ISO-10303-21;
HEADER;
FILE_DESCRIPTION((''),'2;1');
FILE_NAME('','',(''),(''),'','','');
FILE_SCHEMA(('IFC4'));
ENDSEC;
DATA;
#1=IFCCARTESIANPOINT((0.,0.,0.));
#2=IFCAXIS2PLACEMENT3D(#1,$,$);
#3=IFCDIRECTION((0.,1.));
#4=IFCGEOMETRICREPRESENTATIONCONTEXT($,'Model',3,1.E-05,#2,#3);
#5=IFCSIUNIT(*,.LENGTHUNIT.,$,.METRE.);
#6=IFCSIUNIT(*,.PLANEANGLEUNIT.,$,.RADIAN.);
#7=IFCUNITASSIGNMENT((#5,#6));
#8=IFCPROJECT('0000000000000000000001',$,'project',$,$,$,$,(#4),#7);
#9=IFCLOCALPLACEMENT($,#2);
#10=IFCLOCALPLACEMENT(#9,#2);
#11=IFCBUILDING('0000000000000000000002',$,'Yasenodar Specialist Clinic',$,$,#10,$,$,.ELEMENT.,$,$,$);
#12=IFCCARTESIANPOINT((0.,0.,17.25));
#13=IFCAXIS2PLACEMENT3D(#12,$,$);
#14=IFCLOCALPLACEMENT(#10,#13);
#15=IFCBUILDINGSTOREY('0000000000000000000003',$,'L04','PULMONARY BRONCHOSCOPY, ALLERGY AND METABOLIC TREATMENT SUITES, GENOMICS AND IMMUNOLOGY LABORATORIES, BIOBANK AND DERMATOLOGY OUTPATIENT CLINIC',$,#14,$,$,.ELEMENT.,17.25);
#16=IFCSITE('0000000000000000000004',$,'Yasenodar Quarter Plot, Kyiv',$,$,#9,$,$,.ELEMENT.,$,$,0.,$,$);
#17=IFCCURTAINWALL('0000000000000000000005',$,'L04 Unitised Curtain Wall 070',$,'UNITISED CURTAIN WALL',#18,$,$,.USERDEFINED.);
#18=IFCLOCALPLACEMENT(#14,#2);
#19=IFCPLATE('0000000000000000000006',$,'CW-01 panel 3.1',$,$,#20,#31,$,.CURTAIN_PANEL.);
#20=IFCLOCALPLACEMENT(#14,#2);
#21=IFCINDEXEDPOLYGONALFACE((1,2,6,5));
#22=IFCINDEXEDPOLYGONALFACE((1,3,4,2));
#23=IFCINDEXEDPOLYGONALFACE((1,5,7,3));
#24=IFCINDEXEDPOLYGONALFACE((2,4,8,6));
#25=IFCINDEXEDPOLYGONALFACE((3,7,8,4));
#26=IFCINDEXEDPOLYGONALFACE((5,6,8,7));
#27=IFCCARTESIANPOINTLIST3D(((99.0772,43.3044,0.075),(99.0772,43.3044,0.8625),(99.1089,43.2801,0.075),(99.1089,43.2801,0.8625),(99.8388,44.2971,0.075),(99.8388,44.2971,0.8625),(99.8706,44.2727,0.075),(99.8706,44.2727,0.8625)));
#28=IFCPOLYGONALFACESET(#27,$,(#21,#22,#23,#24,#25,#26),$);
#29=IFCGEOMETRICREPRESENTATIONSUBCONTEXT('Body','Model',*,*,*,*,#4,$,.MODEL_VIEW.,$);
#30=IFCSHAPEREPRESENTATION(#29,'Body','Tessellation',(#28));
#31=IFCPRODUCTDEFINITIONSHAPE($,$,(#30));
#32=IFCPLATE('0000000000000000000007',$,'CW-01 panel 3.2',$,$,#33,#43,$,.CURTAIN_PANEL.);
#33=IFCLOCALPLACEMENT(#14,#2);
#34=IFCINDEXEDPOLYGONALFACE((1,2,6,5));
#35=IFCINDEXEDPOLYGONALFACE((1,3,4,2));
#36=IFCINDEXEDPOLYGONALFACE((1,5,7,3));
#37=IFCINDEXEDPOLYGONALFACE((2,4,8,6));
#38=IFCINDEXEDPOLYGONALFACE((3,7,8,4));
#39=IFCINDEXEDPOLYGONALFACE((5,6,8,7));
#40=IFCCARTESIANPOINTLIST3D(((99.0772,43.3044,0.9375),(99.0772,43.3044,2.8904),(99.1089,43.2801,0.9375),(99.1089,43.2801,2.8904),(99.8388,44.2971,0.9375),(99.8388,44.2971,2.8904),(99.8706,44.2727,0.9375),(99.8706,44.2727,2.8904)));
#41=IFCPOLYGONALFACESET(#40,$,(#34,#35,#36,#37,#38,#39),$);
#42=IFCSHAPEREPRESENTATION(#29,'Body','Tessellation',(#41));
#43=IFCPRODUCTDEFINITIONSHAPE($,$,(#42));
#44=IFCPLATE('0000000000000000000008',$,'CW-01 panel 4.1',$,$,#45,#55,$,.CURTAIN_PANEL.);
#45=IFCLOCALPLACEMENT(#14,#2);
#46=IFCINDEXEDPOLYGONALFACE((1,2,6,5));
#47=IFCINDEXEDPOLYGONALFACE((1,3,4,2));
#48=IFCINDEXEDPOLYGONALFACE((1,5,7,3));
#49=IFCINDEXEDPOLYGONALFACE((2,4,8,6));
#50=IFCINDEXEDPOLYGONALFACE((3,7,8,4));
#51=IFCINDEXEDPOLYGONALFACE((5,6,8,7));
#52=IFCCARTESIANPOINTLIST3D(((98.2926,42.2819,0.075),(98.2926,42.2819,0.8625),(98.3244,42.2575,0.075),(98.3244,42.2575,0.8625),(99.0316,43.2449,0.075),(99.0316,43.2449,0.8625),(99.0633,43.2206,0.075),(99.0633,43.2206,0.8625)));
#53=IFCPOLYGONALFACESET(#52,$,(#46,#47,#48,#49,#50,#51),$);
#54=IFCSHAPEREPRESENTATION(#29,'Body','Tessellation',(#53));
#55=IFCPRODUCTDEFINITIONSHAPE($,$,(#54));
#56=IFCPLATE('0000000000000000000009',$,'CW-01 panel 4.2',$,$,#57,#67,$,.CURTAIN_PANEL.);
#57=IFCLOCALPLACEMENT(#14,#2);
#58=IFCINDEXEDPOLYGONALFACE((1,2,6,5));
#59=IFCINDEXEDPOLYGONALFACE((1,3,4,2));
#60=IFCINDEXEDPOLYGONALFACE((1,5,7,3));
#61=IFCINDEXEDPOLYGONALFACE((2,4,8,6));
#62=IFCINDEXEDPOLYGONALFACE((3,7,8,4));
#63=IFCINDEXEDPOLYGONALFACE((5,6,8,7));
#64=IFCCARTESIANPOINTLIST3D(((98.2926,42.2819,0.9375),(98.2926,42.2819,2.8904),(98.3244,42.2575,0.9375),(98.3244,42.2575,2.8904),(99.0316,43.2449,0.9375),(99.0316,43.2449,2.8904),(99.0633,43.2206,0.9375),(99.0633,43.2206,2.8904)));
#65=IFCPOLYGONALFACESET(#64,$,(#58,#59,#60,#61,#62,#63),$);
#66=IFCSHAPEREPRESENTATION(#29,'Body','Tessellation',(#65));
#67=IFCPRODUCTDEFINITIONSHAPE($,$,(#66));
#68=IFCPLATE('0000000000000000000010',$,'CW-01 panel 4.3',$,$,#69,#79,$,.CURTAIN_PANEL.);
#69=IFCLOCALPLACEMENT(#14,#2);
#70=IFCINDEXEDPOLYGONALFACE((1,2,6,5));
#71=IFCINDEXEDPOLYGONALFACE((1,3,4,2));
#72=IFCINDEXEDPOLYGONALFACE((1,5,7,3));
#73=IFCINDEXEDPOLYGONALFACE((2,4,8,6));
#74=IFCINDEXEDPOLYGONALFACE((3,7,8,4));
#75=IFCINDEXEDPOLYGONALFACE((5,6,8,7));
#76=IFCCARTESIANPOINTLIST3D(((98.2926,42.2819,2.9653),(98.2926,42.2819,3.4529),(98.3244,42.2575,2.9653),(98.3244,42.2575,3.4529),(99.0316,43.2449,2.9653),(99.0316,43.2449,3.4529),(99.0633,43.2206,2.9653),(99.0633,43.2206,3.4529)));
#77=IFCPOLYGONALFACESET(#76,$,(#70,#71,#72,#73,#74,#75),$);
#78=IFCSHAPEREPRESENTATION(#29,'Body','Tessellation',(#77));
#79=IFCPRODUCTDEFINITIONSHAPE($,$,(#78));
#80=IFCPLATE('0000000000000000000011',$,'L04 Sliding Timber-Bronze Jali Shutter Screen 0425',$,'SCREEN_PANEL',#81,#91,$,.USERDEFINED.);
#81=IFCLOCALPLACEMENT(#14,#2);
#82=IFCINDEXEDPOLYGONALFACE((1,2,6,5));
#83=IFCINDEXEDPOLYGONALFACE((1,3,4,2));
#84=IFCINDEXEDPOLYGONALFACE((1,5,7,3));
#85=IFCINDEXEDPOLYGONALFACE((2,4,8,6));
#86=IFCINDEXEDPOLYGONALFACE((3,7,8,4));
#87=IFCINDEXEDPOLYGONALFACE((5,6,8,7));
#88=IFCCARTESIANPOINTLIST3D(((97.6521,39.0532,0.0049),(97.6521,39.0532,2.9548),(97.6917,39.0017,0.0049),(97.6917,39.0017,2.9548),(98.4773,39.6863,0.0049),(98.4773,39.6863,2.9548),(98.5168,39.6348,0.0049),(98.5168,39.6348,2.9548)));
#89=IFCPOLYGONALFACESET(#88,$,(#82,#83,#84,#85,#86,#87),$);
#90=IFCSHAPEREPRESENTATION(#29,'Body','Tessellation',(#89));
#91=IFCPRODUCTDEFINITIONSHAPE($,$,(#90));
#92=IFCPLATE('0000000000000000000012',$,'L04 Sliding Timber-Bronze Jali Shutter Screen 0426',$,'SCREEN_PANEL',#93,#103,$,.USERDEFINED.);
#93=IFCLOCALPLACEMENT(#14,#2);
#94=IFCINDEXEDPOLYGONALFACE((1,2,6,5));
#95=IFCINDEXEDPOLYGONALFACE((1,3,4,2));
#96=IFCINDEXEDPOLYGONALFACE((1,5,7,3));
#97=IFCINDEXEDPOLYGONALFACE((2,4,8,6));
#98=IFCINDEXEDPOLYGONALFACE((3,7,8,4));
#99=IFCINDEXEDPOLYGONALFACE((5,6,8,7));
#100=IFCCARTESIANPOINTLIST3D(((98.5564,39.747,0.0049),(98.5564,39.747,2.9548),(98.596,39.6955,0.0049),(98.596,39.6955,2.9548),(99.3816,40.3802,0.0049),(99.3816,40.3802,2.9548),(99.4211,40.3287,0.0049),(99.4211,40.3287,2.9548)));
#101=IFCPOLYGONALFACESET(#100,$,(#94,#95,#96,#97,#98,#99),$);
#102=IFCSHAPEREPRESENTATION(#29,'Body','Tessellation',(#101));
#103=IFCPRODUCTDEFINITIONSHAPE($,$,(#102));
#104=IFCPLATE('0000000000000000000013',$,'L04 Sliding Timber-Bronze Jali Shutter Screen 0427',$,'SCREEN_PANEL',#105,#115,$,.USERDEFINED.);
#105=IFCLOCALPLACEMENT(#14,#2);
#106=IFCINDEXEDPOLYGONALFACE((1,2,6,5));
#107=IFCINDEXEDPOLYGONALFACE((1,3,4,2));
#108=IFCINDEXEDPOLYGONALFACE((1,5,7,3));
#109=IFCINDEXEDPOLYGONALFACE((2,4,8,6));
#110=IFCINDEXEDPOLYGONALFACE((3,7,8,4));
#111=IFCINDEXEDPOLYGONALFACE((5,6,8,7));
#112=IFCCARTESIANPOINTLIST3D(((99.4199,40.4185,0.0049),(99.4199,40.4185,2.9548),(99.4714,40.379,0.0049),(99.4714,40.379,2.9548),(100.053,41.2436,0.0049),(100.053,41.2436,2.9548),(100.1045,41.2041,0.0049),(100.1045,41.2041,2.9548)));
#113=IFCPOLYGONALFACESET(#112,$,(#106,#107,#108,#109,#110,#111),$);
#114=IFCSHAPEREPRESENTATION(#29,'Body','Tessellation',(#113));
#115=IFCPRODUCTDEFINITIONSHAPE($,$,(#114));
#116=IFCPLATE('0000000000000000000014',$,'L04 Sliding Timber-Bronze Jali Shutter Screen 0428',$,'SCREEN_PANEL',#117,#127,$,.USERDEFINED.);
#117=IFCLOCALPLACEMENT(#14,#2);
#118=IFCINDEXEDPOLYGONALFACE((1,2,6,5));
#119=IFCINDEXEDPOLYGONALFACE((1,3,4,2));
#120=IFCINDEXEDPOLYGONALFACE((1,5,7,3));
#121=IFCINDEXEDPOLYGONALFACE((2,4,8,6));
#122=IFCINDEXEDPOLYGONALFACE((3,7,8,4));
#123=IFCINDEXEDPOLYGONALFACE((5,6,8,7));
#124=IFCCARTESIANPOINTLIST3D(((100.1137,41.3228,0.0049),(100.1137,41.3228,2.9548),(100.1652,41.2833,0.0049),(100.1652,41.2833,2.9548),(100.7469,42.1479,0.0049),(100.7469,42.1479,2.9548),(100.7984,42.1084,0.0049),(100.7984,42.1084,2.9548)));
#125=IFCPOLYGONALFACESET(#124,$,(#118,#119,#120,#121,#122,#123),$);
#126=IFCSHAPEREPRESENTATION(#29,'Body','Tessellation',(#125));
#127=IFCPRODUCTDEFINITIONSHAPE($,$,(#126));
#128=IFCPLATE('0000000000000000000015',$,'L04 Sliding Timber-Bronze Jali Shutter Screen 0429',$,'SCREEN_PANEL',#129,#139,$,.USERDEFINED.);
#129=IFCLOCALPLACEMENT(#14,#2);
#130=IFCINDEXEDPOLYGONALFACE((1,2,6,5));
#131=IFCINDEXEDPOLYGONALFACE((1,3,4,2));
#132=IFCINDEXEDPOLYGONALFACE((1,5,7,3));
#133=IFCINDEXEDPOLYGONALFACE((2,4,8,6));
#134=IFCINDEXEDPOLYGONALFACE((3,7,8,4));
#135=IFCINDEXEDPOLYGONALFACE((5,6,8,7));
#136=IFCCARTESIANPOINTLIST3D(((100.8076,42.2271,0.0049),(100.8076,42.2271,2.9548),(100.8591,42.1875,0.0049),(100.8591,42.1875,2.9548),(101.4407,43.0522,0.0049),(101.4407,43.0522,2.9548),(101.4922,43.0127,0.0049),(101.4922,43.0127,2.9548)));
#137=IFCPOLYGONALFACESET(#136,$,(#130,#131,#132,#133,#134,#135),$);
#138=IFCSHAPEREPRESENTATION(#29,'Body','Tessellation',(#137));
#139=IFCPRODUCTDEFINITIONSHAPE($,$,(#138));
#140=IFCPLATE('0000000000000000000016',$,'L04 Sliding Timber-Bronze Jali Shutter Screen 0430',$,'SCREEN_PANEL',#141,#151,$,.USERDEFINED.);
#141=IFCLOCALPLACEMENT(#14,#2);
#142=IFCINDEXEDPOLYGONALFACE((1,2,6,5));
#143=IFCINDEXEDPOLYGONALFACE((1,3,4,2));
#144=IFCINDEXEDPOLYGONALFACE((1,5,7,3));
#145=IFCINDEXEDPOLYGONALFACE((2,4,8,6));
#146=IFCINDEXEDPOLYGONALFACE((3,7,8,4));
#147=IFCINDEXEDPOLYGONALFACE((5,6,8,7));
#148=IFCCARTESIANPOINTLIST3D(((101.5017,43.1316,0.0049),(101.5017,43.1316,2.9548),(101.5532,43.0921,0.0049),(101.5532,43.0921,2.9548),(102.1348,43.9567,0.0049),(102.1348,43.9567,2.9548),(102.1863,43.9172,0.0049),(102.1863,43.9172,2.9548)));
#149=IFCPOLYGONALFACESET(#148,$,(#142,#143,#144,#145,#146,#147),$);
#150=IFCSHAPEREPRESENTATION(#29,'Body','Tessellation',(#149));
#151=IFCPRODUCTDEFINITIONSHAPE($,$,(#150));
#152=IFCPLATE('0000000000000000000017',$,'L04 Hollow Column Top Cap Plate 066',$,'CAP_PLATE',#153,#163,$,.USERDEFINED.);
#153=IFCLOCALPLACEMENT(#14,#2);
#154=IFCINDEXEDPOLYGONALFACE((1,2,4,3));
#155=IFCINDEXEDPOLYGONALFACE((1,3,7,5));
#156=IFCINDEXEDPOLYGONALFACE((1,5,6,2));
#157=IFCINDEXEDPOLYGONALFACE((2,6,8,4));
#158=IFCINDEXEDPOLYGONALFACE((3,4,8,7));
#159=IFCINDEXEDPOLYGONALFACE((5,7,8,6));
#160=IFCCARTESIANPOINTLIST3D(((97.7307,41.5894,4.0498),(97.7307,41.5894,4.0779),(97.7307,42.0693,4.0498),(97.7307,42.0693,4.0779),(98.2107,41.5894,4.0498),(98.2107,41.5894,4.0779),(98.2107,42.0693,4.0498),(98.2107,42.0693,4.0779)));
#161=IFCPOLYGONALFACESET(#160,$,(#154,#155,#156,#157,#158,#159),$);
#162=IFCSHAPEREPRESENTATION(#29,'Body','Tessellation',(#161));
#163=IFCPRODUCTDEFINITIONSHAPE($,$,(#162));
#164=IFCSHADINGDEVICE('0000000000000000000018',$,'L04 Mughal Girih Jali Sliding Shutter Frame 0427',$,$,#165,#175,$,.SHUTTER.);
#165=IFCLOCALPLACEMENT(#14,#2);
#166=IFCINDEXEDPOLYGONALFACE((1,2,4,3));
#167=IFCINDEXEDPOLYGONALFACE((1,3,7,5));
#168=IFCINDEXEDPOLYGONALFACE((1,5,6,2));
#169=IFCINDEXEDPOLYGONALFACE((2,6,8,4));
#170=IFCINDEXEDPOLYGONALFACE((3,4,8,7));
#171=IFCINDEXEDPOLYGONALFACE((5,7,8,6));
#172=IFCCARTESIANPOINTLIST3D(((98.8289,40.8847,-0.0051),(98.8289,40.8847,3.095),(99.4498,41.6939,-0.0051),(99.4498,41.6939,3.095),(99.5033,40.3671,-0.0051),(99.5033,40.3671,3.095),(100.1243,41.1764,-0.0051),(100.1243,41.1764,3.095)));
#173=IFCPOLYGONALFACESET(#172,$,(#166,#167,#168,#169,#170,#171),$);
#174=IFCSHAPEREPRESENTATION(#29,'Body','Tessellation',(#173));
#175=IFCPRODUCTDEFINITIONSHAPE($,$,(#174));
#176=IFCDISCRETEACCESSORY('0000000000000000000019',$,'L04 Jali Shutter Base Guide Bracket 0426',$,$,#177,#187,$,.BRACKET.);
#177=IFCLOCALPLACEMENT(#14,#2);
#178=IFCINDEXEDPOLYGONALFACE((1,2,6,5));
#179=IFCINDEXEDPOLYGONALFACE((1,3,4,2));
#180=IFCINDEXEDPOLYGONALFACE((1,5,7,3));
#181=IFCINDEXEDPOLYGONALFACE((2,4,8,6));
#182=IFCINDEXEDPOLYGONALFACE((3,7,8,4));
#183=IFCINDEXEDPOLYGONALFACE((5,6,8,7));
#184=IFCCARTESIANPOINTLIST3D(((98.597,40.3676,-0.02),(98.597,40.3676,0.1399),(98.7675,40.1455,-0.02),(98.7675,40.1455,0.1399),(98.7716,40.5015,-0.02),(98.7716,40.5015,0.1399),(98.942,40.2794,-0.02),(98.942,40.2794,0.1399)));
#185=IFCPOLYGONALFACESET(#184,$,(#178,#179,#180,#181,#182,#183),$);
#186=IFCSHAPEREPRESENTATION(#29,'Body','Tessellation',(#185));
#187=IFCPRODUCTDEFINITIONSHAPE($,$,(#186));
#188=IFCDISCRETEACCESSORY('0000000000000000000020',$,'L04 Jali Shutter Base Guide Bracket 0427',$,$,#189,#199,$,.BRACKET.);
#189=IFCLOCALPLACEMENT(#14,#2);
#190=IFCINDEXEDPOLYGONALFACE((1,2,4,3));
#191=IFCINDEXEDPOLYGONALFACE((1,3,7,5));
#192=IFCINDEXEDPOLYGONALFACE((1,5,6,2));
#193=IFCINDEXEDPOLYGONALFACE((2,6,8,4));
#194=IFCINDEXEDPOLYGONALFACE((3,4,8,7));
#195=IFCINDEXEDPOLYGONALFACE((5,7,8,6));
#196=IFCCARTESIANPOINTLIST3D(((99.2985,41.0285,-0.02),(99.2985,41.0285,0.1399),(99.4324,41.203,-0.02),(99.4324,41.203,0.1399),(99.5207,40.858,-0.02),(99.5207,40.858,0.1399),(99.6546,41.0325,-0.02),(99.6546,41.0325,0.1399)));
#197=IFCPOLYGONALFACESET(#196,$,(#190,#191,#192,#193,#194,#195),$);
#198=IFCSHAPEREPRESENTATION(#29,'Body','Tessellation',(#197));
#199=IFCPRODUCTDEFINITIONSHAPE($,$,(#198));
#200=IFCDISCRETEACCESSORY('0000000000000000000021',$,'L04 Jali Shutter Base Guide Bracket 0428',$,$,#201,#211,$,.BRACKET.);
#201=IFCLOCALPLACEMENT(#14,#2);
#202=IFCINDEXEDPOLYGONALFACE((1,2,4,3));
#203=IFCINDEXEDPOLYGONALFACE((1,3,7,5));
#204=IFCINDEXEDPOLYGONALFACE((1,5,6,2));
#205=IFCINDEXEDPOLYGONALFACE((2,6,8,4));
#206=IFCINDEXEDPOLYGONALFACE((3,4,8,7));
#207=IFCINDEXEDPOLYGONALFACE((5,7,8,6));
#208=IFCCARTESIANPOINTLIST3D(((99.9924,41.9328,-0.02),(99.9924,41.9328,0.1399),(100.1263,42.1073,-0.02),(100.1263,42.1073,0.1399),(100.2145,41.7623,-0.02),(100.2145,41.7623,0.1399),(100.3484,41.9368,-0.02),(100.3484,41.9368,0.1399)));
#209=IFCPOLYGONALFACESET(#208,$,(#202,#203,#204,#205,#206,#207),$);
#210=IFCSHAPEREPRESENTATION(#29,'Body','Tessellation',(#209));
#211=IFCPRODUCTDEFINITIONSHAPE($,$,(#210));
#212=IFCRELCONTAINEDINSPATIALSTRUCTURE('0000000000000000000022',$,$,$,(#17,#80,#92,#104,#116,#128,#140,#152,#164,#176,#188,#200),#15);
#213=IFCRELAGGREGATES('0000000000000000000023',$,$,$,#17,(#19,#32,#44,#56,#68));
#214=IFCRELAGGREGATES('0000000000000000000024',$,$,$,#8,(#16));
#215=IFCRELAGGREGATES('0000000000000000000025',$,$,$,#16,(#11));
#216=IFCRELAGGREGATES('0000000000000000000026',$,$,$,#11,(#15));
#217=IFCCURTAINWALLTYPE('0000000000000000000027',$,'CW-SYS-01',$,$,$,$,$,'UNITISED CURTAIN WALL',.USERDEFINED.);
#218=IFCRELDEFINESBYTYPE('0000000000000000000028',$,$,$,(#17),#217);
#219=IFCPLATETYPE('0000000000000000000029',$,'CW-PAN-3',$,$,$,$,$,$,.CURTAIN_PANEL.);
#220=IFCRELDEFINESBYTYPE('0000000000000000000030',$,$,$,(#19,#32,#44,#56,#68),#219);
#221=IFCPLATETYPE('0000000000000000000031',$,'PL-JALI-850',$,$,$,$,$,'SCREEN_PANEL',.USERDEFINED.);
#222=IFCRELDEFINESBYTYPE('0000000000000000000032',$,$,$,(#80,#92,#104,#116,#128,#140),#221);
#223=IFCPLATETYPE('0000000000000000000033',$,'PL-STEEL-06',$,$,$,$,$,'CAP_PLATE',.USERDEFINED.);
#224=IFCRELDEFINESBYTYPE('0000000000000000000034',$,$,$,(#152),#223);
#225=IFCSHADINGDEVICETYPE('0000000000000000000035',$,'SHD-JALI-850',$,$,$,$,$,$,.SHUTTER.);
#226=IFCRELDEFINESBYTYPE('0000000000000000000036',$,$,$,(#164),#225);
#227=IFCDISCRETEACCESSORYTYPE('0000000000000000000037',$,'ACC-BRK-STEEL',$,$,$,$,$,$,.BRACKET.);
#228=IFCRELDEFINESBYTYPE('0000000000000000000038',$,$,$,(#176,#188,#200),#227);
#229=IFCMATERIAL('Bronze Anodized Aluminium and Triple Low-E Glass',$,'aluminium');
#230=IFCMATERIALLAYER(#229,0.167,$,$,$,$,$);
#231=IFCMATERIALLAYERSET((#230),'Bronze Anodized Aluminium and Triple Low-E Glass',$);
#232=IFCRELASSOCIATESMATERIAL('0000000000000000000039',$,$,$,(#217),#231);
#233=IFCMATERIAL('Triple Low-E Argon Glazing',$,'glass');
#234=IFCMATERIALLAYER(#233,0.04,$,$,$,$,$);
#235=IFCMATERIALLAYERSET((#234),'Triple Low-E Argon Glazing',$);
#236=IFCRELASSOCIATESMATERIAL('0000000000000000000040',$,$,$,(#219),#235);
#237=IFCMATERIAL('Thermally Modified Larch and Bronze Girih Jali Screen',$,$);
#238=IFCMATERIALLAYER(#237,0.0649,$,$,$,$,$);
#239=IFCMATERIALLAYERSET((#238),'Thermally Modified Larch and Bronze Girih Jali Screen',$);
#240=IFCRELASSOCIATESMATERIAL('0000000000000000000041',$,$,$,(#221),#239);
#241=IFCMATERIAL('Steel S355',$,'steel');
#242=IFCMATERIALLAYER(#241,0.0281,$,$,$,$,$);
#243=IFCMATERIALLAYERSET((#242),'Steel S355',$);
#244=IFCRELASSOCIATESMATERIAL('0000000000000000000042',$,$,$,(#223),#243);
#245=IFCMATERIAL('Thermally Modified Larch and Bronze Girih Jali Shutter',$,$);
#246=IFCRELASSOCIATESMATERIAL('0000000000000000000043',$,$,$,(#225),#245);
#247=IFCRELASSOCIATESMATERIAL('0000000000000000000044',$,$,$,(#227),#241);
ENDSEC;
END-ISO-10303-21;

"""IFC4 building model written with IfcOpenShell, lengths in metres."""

from ifc_helpers import new_model, si_unit, direction, frame, origin, origin_2d, place, context, subcontext, project, spatial, rectangle, extrude, material, layer, layer_set, type_object, element, aggregate, save


model = new_model("IFC4")

# Units and contexts
model_context = context("Model", 3, precision=1e-05, world=origin(), true_north=direction((0.0, 1.0)))
body_context = subcontext(model_context, "Body", "Model", "MODEL_VIEW")
ifc_project = project(units=[si_unit("LENGTHUNIT", "METRE"), si_unit("PLANEANGLEUNIT", "RADIAN")], contexts=[model_context])

# Site, building, storey
site_placement = place(None, origin())
site = spatial("IfcSite", under=ifc_project, at=site_placement, Name="Yasenodar Quarter Plot, Kyiv", CompositionType="ELEMENT", RefElevation=0.0)
building_placement = place(site_placement, origin())
building = spatial("IfcBuilding", under=site, at=building_placement, Name="Yasenodar Specialist Clinic", CompositionType="ELEMENT")
storey_placement = place(building_placement, frame((0.0, 0.0, 17.25)))
storey = spatial("IfcBuildingStorey", under=building, at=storey_placement, Name="L04", Description="PULMONARY BRONCHOSCOPY, ALLERGY AND METABOLIC TREATMENT SUITES, GENOMICS AND IMMUNOLOGY LABORATORIES, BIOBANK AND DERMATOLOGY OUTPATIENT CLINIC", CompositionType="ELEMENT", Elevation=17.25)

# Shared definitions
ifc_material_1 = material(Name="Steel S355", Category="steel")

# Curtain wall, plates
ifc_material_2 = material(Name="Bronze Anodized Aluminium and Triple Low-E Glass", Category="aluminium")
ifc_layer_1 = layer(ifc_material_2, 0.167)
ifc_layer_set_1 = layer_set([ifc_layer_1], Name="Bronze Anodized Aluminium and Triple Low-E Glass")
curtain_wall_type = type_object("IfcCurtainWallType", Name="CW-SYS-01", ElementType="UNITISED CURTAIN WALL", PredefinedType="USERDEFINED", material=ifc_layer_set_1)
curtain_wall_placement = place(storey_placement, origin())
curtain_wall = element("IfcCurtainWall", 1, at=curtain_wall_placement, inside=storey, type_object=curtain_wall_type, Name="L04 Unitised Curtain Wall 070", ObjectType="UNITISED CURTAIN WALL", PredefinedType="USERDEFINED")
ifc_material_3 = material(Name="Triple Low-E Argon Glazing", Category="glass")
ifc_layer_2 = layer(ifc_material_3, 0.04)
ifc_layer_set_2 = layer_set([ifc_layer_2], Name="Triple Low-E Argon Glazing")
plate_type_1 = type_object("IfcPlateType", Name="CW-PAN-3", PredefinedType="CURTAIN_PANEL", material=ifc_layer_set_2)
plate_1_placement = place(storey_placement, frame((99.4739, 43.7886, 0.075), z_axis=(0.0, 0.0, 1.0), x_axis=(-0.608752, -0.793361, 0.0)))
plate_1 = element("IfcPlate", 2, at=plate_1_placement, type_object=plate_type_1, Name="CW-01 panel 3.1", PredefinedType="CURTAIN_PANEL", context=body_context, shape_type="SweptSolid", body=[
    extrude(rectangle(XDim=1.2512, YDim=0.04, at=origin_2d()), origin(), (0.0, 0.0, 1.0), 0.7876),
])
plate_2_placement = place(storey_placement, frame((99.4739, 43.7886, 0.9375), z_axis=(0.0, 0.0, 1.0), x_axis=(-0.608752, -0.793361, 0.0)))
plate_2 = element("IfcPlate", 3, at=plate_2_placement, type_object=plate_type_1, Name="CW-01 panel 3.2", PredefinedType="CURTAIN_PANEL", context=body_context, shape_type="SweptSolid", body=[
    extrude(rectangle(XDim=1.2512, YDim=0.04, at=origin_2d()), origin(), (0.0, 0.0, 1.0), 1.9529),
])
plate_3_placement = place(storey_placement, frame((98.678, 42.7512, 0.075), z_axis=(0.0, 0.0, 1.0), x_axis=(-0.608752, -0.793361, 0.0)))
plate_3 = element("IfcPlate", 4, at=plate_3_placement, type_object=plate_type_1, Name="CW-01 panel 4.1", PredefinedType="CURTAIN_PANEL", context=body_context, shape_type="SweptSolid", body=[
    extrude(rectangle(XDim=1.2139, YDim=0.04, at=origin_2d()), origin(), (0.0, 0.0, 1.0), 0.7876),
])
plate_4_placement = place(storey_placement, frame((98.678, 42.7512, 0.9375), z_axis=(0.0, 0.0, 1.0), x_axis=(-0.608752, -0.793361, 0.0)))
plate_4 = element("IfcPlate", 5, at=plate_4_placement, type_object=plate_type_1, Name="CW-01 panel 4.2", PredefinedType="CURTAIN_PANEL", context=body_context, shape_type="SweptSolid", body=[
    extrude(rectangle(XDim=1.2139, YDim=0.04, at=origin_2d()), origin(), (0.0, 0.0, 1.0), 1.9529),
])
plate_5_placement = place(storey_placement, frame((98.678, 42.7512, 2.9653), z_axis=(0.0, 0.0, 1.0), x_axis=(-0.608752, -0.793361, 0.0)))
plate_5 = element("IfcPlate", 6, at=plate_5_placement, type_object=plate_type_1, Name="CW-01 panel 4.3", PredefinedType="CURTAIN_PANEL", context=body_context, shape_type="SweptSolid", body=[
    extrude(rectangle(XDim=1.2139, YDim=0.04, at=origin_2d()), origin(), (0.0, 0.0, 1.0), 0.4875),
])
aggregate(curtain_wall, [plate_1, plate_2, plate_3, plate_4, plate_5])

# Plates
ifc_material_4 = material(Name="Thermally Modified Larch and Bronze Girih Jali Screen")
ifc_layer_3 = layer(ifc_material_4, 0.0649)
ifc_layer_set_3 = layer_set([ifc_layer_3], Name="Thermally Modified Larch and Bronze Girih Jali Screen")
plate_type_2 = type_object("IfcPlateType", Name="PL-JALI-850", ElementType="SCREEN_PANEL", PredefinedType="USERDEFINED", material=ifc_layer_set_3)
for number, where, z_axis, x_axis, name in (
    (7, (98.0845, 39.344, 0.0049), (0.0, 0.0, 1.0), (0.793351, 0.608764, 0.0), "L04 Sliding Timber-Bronze Jali Shutter Screen 0425"),
    (8, (98.9888, 40.0378, 0.0049), (0.0, 0.0, 1.0), (0.793351, 0.608764, 0.0), "L04 Sliding Timber-Bronze Jali Shutter Screen 0426"),
    (9, (99.7622, 40.8113, 0.0049), (0.0, 0.0, 1.0), (0.608764, 0.793351, 0.0), "L04 Sliding Timber-Bronze Jali Shutter Screen 0427"),
    (10, (100.4561, 41.7156, 0.0049), (0.0, 0.0, 1.0), (0.608764, 0.793351, 0.0), "L04 Sliding Timber-Bronze Jali Shutter Screen 0428"),
    (11, (101.1499, 42.6199, 0.0049), (0.0, 0.0, 1.0), (0.608764, 0.793351, 0.0), "L04 Sliding Timber-Bronze Jali Shutter Screen 0429"),
    (12, (101.844, 43.5244, 0.0049), (0.0, 0.0, 1.0), (0.608764, 0.793351, 0.0), "L04 Sliding Timber-Bronze Jali Shutter Screen 0430"),
):
    element("IfcPlate", number, at=place(storey_placement, frame(where, z_axis=z_axis, x_axis=x_axis)), inside=storey, type_object=plate_type_2, Name=name, ObjectType="SCREEN_PANEL", PredefinedType="USERDEFINED", context=body_context, shape_type="SweptSolid", body=[
        extrude(rectangle(XDim=1.04, YDim=0.0649, at=origin_2d()), origin(), (0.0, 0.0, 1.0), 2.95),
    ])
ifc_layer_4 = layer(ifc_material_1, 0.0281)
ifc_layer_set_4 = layer_set([ifc_layer_4], Name="Steel S355")
plate_type_3 = type_object("IfcPlateType", Name="PL-STEEL-06", ElementType="CAP_PLATE", PredefinedType="USERDEFINED", material=ifc_layer_set_4)
plate_6_placement = place(storey_placement, frame((97.9707, 41.8293, 4.0498), z_axis=(0.0, 0.0, 1.0), x_axis=(1.0, 0.0, 0.0)))
element("IfcPlate", 13, at=plate_6_placement, inside=storey, type_object=plate_type_3, Name="L04 Hollow Column Top Cap Plate 066", ObjectType="CAP_PLATE", PredefinedType="USERDEFINED", context=body_context, shape_type="SweptSolid", body=[
    extrude(rectangle(XDim=0.48, YDim=0.48, at=origin_2d()), origin(), (0.0, 0.0, 1.0), 0.0281),
])

# Shading device
ifc_material_5 = material(Name="Thermally Modified Larch and Bronze Girih Jali Shutter")
shading_device_type = type_object("IfcShadingDeviceType", Name="SHD-JALI-850", PredefinedType="SHUTTER", material=ifc_material_5)
shading_device_placement = place(storey_placement, frame((99.4766, 41.0305, -0.0051), z_axis=(0.0, 0.0, 1.0), x_axis=(0.608764, 0.793351, 0.0)))
element("IfcShadingDevice", 14, at=shading_device_placement, inside=storey, type_object=shading_device_type, Name="L04 Mughal Girih Jali Sliding Shutter Frame 0427", PredefinedType="SHUTTER", context=body_context, shape_type="SweptSolid", body=[
    extrude(rectangle(XDim=1.02, YDim=0.8501, at=origin_2d()), origin(), (0.0, 0.0, 1.0), 3.1001),
])

# Discrete accessories
discrete_accessory_type = type_object("IfcDiscreteAccessoryType", Name="ACC-BRK-STEEL", PredefinedType="BRACKET", material=ifc_material_1)
for number, where, z_axis, x_axis, name in (
    (15, (98.7695, 40.3235, -0.02), (0.0, 0.0, 1.0), (0.793351, 0.608764, 0.0), "L04 Jali Shutter Base Guide Bracket 0426"),
    (16, (99.4766, 41.0305, -0.02), (0.0, 0.0, 1.0), (0.608764, 0.793351, 0.0), "L04 Jali Shutter Base Guide Bracket 0427"),
    (17, (100.1704, 41.9348, -0.02), (0.0, 0.0, 1.0), (0.608764, 0.793351, 0.0), "L04 Jali Shutter Base Guide Bracket 0428"),
):
    element("IfcDiscreteAccessory", number, at=place(storey_placement, frame(where, z_axis=z_axis, x_axis=x_axis)), inside=storey, type_object=discrete_accessory_type, Name=name, PredefinedType="BRACKET", context=body_context, shape_type="SweptSolid", body=[
        extrude(rectangle(XDim=0.22, YDim=0.28, at=origin_2d()), origin(), (0.0, 0.0, 1.0), 0.1599),
    ])

save(model, "model.ifc")
